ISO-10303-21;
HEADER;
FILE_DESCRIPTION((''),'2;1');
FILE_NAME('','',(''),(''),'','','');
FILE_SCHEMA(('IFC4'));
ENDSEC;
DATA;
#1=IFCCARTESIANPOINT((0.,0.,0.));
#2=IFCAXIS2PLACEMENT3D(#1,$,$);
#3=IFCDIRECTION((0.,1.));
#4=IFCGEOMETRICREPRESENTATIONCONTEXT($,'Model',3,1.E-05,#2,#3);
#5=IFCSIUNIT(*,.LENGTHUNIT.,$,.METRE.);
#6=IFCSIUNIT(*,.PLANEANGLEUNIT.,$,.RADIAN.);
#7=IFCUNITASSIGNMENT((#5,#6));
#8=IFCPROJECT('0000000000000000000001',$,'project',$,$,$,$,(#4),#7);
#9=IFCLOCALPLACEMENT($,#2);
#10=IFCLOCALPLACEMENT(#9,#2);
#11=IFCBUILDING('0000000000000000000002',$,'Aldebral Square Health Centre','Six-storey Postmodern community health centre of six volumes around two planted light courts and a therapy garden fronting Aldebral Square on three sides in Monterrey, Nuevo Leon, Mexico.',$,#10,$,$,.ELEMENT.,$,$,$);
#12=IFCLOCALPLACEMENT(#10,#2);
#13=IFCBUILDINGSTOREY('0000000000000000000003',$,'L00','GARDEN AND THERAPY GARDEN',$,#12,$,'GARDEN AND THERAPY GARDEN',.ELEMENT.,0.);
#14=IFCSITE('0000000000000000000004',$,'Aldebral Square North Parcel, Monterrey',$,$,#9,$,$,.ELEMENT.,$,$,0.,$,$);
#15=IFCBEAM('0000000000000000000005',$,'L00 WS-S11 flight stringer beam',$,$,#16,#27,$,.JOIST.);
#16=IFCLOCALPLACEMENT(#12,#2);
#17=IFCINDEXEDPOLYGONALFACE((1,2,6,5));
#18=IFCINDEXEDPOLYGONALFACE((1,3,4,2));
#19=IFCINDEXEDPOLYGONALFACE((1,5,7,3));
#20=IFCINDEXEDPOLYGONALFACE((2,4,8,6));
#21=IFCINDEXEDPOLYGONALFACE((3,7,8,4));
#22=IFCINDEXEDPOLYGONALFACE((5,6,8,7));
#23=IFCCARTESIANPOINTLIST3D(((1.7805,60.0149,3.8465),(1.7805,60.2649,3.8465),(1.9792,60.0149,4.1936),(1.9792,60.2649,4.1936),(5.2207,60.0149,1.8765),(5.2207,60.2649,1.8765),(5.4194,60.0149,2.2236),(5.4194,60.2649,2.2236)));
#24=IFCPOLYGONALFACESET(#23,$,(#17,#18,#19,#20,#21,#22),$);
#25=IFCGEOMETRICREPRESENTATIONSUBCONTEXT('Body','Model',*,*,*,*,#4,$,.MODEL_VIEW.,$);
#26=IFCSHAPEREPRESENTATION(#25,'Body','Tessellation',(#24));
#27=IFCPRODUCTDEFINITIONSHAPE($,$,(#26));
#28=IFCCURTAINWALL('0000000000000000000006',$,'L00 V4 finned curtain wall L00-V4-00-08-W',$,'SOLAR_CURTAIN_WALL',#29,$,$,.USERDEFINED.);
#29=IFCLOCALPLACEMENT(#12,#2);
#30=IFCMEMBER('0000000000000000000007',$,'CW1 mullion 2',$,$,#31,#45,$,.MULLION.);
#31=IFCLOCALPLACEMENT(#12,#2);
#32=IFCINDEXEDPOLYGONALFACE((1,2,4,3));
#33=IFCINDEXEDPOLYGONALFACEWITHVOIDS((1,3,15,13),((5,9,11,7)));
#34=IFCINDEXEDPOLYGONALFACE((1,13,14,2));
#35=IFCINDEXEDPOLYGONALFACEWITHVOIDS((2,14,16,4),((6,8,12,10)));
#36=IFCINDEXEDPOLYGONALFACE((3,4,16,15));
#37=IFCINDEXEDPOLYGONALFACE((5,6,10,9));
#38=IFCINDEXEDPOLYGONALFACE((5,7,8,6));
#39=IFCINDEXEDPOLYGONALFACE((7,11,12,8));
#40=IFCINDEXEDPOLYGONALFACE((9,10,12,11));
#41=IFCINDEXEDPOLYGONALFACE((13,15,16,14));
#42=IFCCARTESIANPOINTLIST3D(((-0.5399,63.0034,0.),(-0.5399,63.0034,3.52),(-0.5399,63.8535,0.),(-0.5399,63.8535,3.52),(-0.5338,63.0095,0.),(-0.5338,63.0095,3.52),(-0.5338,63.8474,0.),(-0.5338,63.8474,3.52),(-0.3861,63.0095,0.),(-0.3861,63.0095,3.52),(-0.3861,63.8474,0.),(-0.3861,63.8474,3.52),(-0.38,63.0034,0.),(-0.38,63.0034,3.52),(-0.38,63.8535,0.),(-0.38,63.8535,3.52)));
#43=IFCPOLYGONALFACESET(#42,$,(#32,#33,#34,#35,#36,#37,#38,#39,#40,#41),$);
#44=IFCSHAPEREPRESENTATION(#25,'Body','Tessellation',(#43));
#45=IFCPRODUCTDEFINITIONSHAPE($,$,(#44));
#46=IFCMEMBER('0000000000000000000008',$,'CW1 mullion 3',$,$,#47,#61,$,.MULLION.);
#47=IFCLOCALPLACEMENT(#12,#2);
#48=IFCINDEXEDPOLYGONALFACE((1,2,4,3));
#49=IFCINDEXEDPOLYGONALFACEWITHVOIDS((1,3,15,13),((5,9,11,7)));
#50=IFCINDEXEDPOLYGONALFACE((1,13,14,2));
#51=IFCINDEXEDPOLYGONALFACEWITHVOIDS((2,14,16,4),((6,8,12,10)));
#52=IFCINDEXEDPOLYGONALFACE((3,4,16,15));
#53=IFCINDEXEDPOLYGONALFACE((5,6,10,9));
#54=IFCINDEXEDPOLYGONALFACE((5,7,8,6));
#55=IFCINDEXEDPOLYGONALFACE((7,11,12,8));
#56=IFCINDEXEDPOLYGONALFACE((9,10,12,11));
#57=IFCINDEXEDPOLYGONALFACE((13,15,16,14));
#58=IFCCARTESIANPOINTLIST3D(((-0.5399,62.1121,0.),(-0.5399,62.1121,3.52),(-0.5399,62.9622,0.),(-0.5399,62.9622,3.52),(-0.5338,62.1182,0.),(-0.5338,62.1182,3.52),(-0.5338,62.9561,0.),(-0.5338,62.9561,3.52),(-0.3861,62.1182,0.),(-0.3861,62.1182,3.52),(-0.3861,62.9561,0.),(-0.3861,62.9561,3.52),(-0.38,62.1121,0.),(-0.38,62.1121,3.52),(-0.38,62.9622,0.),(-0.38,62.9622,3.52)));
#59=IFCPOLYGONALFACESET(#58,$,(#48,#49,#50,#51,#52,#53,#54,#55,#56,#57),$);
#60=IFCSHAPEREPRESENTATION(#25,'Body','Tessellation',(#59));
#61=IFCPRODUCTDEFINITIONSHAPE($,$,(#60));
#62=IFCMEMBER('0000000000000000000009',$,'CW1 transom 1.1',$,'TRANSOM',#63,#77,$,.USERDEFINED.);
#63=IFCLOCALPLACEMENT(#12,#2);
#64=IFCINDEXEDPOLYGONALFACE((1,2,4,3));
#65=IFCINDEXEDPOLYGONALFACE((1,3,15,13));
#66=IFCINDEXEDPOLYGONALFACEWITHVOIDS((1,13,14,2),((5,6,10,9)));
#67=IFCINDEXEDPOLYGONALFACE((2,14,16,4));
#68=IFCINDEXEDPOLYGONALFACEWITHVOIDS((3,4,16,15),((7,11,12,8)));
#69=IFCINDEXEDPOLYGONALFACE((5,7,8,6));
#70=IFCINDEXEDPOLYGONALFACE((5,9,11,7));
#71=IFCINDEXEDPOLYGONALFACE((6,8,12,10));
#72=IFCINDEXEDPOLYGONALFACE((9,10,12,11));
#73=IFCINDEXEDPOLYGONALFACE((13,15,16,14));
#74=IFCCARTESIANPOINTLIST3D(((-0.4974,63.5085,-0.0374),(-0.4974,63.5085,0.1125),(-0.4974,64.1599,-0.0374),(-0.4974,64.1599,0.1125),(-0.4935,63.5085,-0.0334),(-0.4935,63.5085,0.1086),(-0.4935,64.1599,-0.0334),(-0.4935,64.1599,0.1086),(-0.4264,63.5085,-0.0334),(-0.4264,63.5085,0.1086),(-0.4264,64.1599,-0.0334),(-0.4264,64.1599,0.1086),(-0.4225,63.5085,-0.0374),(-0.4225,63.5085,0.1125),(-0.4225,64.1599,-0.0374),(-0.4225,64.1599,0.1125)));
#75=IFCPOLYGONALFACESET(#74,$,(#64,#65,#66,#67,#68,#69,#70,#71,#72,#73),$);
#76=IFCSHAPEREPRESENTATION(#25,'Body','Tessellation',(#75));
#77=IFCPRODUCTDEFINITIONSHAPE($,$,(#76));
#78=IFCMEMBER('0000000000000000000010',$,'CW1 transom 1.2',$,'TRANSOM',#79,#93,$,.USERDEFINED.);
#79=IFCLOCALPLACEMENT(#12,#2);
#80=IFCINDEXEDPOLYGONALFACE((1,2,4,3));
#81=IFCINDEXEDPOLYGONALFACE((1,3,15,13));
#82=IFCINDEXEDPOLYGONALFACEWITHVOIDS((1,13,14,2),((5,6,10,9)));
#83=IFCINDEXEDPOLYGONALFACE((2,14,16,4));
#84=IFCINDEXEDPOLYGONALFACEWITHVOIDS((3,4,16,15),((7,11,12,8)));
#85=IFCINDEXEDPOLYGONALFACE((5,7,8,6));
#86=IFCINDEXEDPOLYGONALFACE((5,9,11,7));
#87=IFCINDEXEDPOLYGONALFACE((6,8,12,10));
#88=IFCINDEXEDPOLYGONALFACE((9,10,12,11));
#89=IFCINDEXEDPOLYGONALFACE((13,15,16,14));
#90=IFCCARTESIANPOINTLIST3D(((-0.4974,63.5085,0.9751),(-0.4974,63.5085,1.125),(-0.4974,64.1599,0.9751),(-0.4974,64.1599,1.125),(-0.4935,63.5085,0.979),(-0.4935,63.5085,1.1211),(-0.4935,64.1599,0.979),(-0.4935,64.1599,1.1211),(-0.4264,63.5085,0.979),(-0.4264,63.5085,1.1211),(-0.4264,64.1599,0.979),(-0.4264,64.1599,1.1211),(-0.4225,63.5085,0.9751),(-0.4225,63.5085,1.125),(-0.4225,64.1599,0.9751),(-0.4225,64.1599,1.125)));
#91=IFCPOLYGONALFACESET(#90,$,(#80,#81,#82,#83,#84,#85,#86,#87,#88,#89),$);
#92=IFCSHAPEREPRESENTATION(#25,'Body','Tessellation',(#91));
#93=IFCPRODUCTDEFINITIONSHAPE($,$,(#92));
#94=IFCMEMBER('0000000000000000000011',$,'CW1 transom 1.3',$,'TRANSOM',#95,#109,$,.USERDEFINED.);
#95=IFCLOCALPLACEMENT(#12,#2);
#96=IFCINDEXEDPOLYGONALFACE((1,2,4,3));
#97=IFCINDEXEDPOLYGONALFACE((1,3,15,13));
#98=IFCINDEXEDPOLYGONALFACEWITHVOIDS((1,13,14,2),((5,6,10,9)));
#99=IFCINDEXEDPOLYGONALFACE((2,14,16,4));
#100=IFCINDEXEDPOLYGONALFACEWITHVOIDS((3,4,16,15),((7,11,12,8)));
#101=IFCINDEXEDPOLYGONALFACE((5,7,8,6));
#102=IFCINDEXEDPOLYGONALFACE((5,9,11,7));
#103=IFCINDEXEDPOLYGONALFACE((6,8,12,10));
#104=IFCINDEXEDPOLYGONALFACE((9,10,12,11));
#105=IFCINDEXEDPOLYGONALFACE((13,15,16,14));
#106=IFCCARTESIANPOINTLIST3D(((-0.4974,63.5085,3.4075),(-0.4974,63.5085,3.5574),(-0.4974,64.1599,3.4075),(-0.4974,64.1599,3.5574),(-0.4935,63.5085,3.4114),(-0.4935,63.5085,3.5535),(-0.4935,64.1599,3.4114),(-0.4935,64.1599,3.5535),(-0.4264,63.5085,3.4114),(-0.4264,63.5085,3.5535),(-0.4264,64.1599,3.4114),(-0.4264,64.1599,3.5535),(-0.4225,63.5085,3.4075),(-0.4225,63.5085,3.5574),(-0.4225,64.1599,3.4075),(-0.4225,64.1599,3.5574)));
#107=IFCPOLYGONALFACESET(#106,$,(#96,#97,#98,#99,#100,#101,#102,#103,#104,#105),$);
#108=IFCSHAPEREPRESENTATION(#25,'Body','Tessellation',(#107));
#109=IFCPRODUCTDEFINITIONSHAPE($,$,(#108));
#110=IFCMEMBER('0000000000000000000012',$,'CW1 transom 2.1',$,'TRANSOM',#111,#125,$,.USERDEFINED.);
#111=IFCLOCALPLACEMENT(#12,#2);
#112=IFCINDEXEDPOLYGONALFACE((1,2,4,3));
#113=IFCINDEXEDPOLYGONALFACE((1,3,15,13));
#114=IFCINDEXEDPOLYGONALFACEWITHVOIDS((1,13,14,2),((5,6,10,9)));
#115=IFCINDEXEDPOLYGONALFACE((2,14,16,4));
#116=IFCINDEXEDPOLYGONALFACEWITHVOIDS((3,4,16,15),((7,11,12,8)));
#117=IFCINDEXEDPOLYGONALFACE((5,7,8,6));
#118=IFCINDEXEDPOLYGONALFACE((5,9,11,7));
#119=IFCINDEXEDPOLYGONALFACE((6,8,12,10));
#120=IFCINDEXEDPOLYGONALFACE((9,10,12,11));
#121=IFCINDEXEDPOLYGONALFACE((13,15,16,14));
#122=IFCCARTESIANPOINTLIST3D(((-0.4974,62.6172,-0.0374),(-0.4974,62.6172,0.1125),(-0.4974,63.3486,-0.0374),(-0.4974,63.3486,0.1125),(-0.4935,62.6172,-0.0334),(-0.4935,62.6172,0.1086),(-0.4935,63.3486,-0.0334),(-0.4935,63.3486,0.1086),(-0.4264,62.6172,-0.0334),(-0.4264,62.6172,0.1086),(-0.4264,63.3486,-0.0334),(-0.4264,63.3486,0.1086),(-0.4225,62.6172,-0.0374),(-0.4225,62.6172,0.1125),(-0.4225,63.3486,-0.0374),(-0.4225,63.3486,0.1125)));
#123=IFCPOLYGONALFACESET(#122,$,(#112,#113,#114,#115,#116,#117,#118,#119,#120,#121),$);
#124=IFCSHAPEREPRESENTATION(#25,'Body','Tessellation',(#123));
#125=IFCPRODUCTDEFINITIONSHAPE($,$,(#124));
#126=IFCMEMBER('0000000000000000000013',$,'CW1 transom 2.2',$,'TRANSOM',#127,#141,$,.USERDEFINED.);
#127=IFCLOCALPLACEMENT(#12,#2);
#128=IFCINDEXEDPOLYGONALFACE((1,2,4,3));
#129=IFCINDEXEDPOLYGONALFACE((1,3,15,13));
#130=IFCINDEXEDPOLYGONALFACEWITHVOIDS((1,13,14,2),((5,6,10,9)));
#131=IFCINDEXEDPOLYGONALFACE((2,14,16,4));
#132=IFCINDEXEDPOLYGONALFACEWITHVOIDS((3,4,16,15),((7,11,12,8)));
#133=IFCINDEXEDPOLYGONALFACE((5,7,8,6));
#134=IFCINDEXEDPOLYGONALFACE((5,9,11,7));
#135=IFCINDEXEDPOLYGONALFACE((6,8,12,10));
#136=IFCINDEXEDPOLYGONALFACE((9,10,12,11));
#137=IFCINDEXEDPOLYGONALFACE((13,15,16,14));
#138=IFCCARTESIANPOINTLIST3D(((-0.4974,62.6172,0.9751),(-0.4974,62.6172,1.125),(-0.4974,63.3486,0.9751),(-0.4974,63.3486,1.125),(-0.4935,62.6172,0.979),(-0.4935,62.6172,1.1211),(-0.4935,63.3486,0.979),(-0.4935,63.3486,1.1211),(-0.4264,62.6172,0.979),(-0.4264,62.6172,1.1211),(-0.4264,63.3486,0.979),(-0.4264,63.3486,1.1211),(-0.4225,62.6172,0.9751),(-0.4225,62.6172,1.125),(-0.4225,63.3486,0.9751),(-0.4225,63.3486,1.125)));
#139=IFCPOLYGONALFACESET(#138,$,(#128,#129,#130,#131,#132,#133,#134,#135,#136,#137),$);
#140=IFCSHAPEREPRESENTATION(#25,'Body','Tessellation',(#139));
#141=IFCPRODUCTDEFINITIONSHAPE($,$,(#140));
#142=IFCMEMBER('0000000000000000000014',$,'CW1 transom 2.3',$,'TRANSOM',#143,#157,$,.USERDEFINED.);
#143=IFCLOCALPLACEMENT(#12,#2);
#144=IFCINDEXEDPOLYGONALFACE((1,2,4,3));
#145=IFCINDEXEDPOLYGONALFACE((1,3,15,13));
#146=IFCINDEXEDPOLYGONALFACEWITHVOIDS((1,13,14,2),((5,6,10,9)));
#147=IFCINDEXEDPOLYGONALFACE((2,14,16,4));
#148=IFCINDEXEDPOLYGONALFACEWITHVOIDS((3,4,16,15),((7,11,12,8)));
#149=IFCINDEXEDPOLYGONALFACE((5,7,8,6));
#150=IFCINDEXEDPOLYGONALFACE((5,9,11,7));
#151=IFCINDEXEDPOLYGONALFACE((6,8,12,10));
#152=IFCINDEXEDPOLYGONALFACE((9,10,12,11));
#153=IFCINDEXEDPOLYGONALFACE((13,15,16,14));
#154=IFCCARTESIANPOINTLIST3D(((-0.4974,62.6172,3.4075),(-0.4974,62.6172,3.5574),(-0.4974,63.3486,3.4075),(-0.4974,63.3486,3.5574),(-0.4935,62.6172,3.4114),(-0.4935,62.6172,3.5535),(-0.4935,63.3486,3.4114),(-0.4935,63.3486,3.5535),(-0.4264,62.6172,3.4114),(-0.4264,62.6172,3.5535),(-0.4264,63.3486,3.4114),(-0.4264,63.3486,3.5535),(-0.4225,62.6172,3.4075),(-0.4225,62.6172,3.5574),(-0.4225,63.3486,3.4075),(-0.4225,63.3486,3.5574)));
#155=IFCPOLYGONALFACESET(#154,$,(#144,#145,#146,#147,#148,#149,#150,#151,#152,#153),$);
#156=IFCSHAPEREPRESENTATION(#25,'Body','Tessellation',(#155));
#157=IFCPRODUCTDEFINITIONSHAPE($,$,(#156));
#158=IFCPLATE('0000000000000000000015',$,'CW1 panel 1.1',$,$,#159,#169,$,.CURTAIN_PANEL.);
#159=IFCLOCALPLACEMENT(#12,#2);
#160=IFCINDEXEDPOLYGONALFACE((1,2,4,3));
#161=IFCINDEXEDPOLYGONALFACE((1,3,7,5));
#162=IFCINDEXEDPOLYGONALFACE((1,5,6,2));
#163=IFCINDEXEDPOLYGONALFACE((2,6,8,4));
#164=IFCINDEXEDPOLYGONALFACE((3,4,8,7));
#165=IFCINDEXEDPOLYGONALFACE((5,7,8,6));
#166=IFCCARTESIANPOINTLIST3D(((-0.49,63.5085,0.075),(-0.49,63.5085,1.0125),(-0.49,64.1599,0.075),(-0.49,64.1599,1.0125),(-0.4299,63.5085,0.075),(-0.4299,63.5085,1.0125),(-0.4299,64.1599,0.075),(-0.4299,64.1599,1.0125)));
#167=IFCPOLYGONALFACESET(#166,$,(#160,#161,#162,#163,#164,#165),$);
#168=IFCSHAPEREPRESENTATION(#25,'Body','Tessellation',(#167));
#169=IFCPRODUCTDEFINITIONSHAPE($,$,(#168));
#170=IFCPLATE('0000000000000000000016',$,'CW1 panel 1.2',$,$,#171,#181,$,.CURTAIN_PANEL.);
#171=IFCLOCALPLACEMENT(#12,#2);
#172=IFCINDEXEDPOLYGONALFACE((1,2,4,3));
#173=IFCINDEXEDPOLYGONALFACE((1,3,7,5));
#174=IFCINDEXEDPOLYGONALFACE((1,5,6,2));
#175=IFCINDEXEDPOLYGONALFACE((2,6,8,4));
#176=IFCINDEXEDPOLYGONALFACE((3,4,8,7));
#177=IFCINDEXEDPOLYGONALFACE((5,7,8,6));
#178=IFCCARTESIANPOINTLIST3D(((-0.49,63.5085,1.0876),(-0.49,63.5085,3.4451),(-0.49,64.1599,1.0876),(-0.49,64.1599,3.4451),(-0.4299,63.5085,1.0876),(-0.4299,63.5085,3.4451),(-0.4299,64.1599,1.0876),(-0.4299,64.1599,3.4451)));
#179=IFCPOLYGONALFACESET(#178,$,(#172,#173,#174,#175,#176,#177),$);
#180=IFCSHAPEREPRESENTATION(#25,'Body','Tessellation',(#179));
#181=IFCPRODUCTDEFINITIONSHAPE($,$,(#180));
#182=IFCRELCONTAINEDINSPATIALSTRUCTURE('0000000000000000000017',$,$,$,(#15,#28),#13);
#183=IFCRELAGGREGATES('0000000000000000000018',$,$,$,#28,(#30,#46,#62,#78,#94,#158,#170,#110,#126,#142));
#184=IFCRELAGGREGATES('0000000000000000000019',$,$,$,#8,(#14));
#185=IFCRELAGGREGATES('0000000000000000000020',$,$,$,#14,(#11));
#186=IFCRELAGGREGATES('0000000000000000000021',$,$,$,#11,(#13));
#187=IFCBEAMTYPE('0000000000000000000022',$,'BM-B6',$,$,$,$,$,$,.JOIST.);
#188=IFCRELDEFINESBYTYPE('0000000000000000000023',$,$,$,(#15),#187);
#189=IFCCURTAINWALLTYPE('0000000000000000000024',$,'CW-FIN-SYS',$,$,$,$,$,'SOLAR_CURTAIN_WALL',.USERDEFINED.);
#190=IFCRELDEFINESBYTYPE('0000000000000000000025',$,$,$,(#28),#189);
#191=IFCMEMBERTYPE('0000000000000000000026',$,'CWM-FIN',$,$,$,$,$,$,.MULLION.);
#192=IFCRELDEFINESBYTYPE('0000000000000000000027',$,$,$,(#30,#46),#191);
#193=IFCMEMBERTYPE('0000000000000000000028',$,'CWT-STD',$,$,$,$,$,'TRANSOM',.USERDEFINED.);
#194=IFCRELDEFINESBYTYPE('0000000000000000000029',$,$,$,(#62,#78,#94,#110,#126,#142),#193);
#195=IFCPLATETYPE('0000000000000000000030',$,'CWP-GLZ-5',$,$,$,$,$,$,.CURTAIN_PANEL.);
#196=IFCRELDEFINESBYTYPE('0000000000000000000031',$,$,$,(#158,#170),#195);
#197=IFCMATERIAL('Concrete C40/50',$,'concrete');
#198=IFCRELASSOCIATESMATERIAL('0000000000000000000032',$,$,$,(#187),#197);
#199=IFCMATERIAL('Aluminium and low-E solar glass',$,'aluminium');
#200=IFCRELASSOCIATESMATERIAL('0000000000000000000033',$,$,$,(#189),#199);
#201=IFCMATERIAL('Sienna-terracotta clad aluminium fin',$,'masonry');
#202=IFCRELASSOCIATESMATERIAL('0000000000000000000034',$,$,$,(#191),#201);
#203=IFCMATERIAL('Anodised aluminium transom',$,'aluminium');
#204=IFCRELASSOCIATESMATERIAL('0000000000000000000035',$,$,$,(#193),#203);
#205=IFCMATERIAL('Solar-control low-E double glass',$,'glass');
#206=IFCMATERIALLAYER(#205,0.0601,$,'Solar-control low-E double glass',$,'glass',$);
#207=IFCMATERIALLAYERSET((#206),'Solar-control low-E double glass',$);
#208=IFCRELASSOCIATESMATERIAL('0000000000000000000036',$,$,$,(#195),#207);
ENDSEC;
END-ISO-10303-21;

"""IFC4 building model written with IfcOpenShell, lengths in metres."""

from ifc_helpers import new_model, si_unit, direction, frame, origin, origin_2d, place, context, subcontext, project, spatial, rectangle, hollow_rectangle, extrude, material, layer, layer_set, material_profile, profile_set, type_object, element, aggregate, save


model = new_model("IFC4")

# Units and contexts
model_context = context("Model", 3, precision=1e-05, world=origin(), true_north=direction((0.0, 1.0)))
body_context = subcontext(model_context, "Body", "Model", "MODEL_VIEW")
ifc_project = project(units=[si_unit("LENGTHUNIT", "METRE"), si_unit("PLANEANGLEUNIT", "RADIAN")], contexts=[model_context])

# Site, building, storey
site_placement = place(None, origin())
site = spatial("IfcSite", under=ifc_project, at=site_placement, Name="Aldebral Square North Parcel, Monterrey", CompositionType="ELEMENT", RefElevation=0.0)
building_placement = place(site_placement, origin())
building = spatial("IfcBuilding", under=site, at=building_placement, Name="Aldebral Square Health Centre", Description="Six-storey Postmodern community health centre of six volumes around two planted light courts and a therapy garden fronting Aldebral Square on three sides in Monterrey, Nuevo Leon, Mexico.", CompositionType="ELEMENT")
storey_placement = place(building_placement, origin())
storey = spatial("IfcBuildingStorey", under=building, at=storey_placement, Name="L00", Description="GARDEN AND THERAPY GARDEN", LongName="GARDEN AND THERAPY GARDEN", CompositionType="ELEMENT", Elevation=0.0)

# Beam
ifc_material_1 = material(Name="Concrete C40/50", Category="concrete")
ifc_material_profile_1 = material_profile(ifc_material_1, rectangle(XDim=0.25, YDim=0.3999, at=origin_2d()), Name="RC 250x400")
ifc_profile_set_1 = profile_set([ifc_material_profile_1], Name="Concrete C40/50")
beam_type = type_object("IfcBeamType", Name="BM-B6", PredefinedType="JOIST", material=ifc_profile_set_1)
beam_placement = place(storey_placement, frame((5.3201, 60.1399, 2.05), z_axis=(-0.867792, 0.0, 0.496928), x_axis=(0.0, -1.0, 0.0)))
element("IfcBeam", 1, at=beam_placement, inside=storey, type_object=beam_type, Name="L00 WS-S11 flight stringer beam", PredefinedType="JOIST", context=body_context, shape_type="SweptSolid", body=[
    extrude(rectangle(XDim=0.25, YDim=0.3999, at=origin_2d()), origin(), (0.0, 0.0, 1.0), 3.9644),
])

# Curtain wall, members, plates
ifc_material_2 = material(Name="Aluminium and low-E solar glass", Category="aluminium")
curtain_wall_type = type_object("IfcCurtainWallType", Name="CW-FIN-SYS", ElementType="SOLAR_CURTAIN_WALL", PredefinedType="USERDEFINED", material=ifc_material_2)
curtain_wall_placement = place(storey_placement, origin())
curtain_wall = element("IfcCurtainWall", 2, at=curtain_wall_placement, inside=storey, type_object=curtain_wall_type, Name="L00 V4 finned curtain wall L00-V4-00-08-W", ObjectType="SOLAR_CURTAIN_WALL", PredefinedType="USERDEFINED")
ifc_material_3 = material(Name="Sienna-terracotta clad aluminium fin", Category="masonry")
ifc_material_profile_2 = material_profile(ifc_material_3, hollow_rectangle(XDim=0.1599, YDim=0.8501, WallThickness=0.0061, at=origin_2d()), Name="FIN 160x850x6")
ifc_profile_set_2 = profile_set([ifc_material_profile_2], Name="Sienna-terracotta clad aluminium fin")
member_type_1 = type_object("IfcMemberType", Name="CWM-FIN", PredefinedType="MULLION", material=ifc_profile_set_2)
member_1_placement = place(storey_placement, frame((-0.46, 63.4285, 0.0), z_axis=(0.0, 0.0, 1.0), x_axis=(1.0, 0.0, 0.0)))
member_1 = element("IfcMember", 3, at=member_1_placement, type_object=member_type_1, Name="CW1 mullion 2", PredefinedType="MULLION", context=body_context, shape_type="SweptSolid", body=[
    extrude(hollow_rectangle(XDim=0.1599, YDim=0.8501, WallThickness=0.0061, at=origin_2d()), origin(), (0.0, 0.0, 1.0), 3.52),
])
member_2_placement = place(storey_placement, frame((-0.46, 62.5371, 0.0), z_axis=(0.0, 0.0, 1.0), x_axis=(1.0, 0.0, 0.0)))
member_2 = element("IfcMember", 4, at=member_2_placement, type_object=member_type_1, Name="CW1 mullion 3", PredefinedType="MULLION", context=body_context, shape_type="SweptSolid", body=[
    extrude(hollow_rectangle(XDim=0.1599, YDim=0.8501, WallThickness=0.0061, at=origin_2d()), origin(), (0.0, 0.0, 1.0), 3.52),
])
ifc_material_4 = material(Name="Anodised aluminium transom", Category="aluminium")
ifc_material_profile_3 = material_profile(ifc_material_4, hollow_rectangle(XDim=0.075, YDim=0.1499, WallThickness=0.0039, at=origin_2d()), Name="CWT 75x150x4")
ifc_profile_set_3 = profile_set([ifc_material_profile_3], Name="Anodised aluminium transom")
member_type_2 = type_object("IfcMemberType", Name="CWT-STD", ElementType="TRANSOM", PredefinedType="USERDEFINED", material=ifc_profile_set_3)
member_3_placement = place(storey_placement, frame((-0.46, 64.1599, 0.0376), z_axis=(0.0, -1.0, 0.0), x_axis=(1.0, 0.0, 0.0)))
member_3 = element("IfcMember", 5, at=member_3_placement, type_object=member_type_2, Name="CW1 transom 1.1", ObjectType="TRANSOM", PredefinedType="USERDEFINED", context=body_context, shape_type="SweptSolid", body=[
    extrude(hollow_rectangle(XDim=0.075, YDim=0.1499, WallThickness=0.0039, at=origin_2d()), origin(), (0.0, 0.0, 1.0), 0.6514),
])
member_4_placement = place(storey_placement, frame((-0.46, 64.1599, 1.05), z_axis=(0.0, -1.0, 0.0), x_axis=(1.0, 0.0, 0.0)))
member_4 = element("IfcMember", 6, at=member_4_placement, type_object=member_type_2, Name="CW1 transom 1.2", ObjectType="TRANSOM", PredefinedType="USERDEFINED", context=body_context, shape_type="SweptSolid", body=[
    extrude(hollow_rectangle(XDim=0.075, YDim=0.1499, WallThickness=0.0039, at=origin_2d()), origin(), (0.0, 0.0, 1.0), 0.6514),
])
member_5_placement = place(storey_placement, frame((-0.46, 64.1599, 3.4824), z_axis=(0.0, -1.0, 0.0), x_axis=(1.0, 0.0, 0.0)))
member_5 = element("IfcMember", 7, at=member_5_placement, type_object=member_type_2, Name="CW1 transom 1.3", ObjectType="TRANSOM", PredefinedType="USERDEFINED", context=body_context, shape_type="SweptSolid", body=[
    extrude(hollow_rectangle(XDim=0.075, YDim=0.1499, WallThickness=0.0039, at=origin_2d()), origin(), (0.0, 0.0, 1.0), 0.6514),
])
member_6_placement = place(storey_placement, frame((-0.46, 63.3486, 0.0376), z_axis=(0.0, -1.0, 0.0), x_axis=(1.0, 0.0, 0.0)))
member_6 = element("IfcMember", 8, at=member_6_placement, type_object=member_type_2, Name="CW1 transom 2.1", ObjectType="TRANSOM", PredefinedType="USERDEFINED", context=body_context, shape_type="SweptSolid", body=[
    extrude(hollow_rectangle(XDim=0.075, YDim=0.1499, WallThickness=0.0039, at=origin_2d()), origin(), (0.0, 0.0, 1.0), 0.7314),
])
member_7_placement = place(storey_placement, frame((-0.46, 63.3486, 1.05), z_axis=(0.0, -1.0, 0.0), x_axis=(1.0, 0.0, 0.0)))
member_7 = element("IfcMember", 9, at=member_7_placement, type_object=member_type_2, Name="CW1 transom 2.2", ObjectType="TRANSOM", PredefinedType="USERDEFINED", context=body_context, shape_type="SweptSolid", body=[
    extrude(hollow_rectangle(XDim=0.075, YDim=0.1499, WallThickness=0.0039, at=origin_2d()), origin(), (0.0, 0.0, 1.0), 0.7314),
])
member_8_placement = place(storey_placement, frame((-0.46, 63.3486, 3.4824), z_axis=(0.0, -1.0, 0.0), x_axis=(1.0, 0.0, 0.0)))
member_8 = element("IfcMember", 10, at=member_8_placement, type_object=member_type_2, Name="CW1 transom 2.3", ObjectType="TRANSOM", PredefinedType="USERDEFINED", context=body_context, shape_type="SweptSolid", body=[
    extrude(hollow_rectangle(XDim=0.075, YDim=0.1499, WallThickness=0.0039, at=origin_2d()), origin(), (0.0, 0.0, 1.0), 0.7314),
])
ifc_material_5 = material(Name="Solar-control low-E double glass", Category="glass")
ifc_layer_1 = layer(ifc_material_5, 0.0601, Name="Solar-control low-E double glass", Category="glass")
ifc_layer_set_1 = layer_set([ifc_layer_1], Name="Solar-control low-E double glass")
plate_type = type_object("IfcPlateType", Name="CWP-GLZ-5", PredefinedType="CURTAIN_PANEL", material=ifc_layer_set_1)
plate_1_placement = place(storey_placement, frame((-0.46, 63.8342, 0.075), z_axis=(0.0, 0.0, 1.0), x_axis=(0.0, -1.0, 0.0)))
plate_1 = element("IfcPlate", 11, at=plate_1_placement, type_object=plate_type, Name="CW1 panel 1.1", PredefinedType="CURTAIN_PANEL", context=body_context, shape_type="SweptSolid", body=[
    extrude(rectangle(XDim=0.6514, YDim=0.0601, at=origin_2d()), origin(), (0.0, 0.0, 1.0), 0.9375),
])
plate_2_placement = place(storey_placement, frame((-0.46, 63.8342, 1.0876), z_axis=(0.0, 0.0, 1.0), x_axis=(0.0, -1.0, 0.0)))
plate_2 = element("IfcPlate", 12, at=plate_2_placement, type_object=plate_type, Name="CW1 panel 1.2", PredefinedType="CURTAIN_PANEL", context=body_context, shape_type="SweptSolid", body=[
    extrude(rectangle(XDim=0.6514, YDim=0.0601, at=origin_2d()), origin(), (0.0, 0.0, 1.0), 2.3574),
])
aggregate(curtain_wall, [member_1, member_2, member_3, member_4, member_5, plate_1, plate_2, member_6, member_7, member_8])

save(model, "model.ifc")
